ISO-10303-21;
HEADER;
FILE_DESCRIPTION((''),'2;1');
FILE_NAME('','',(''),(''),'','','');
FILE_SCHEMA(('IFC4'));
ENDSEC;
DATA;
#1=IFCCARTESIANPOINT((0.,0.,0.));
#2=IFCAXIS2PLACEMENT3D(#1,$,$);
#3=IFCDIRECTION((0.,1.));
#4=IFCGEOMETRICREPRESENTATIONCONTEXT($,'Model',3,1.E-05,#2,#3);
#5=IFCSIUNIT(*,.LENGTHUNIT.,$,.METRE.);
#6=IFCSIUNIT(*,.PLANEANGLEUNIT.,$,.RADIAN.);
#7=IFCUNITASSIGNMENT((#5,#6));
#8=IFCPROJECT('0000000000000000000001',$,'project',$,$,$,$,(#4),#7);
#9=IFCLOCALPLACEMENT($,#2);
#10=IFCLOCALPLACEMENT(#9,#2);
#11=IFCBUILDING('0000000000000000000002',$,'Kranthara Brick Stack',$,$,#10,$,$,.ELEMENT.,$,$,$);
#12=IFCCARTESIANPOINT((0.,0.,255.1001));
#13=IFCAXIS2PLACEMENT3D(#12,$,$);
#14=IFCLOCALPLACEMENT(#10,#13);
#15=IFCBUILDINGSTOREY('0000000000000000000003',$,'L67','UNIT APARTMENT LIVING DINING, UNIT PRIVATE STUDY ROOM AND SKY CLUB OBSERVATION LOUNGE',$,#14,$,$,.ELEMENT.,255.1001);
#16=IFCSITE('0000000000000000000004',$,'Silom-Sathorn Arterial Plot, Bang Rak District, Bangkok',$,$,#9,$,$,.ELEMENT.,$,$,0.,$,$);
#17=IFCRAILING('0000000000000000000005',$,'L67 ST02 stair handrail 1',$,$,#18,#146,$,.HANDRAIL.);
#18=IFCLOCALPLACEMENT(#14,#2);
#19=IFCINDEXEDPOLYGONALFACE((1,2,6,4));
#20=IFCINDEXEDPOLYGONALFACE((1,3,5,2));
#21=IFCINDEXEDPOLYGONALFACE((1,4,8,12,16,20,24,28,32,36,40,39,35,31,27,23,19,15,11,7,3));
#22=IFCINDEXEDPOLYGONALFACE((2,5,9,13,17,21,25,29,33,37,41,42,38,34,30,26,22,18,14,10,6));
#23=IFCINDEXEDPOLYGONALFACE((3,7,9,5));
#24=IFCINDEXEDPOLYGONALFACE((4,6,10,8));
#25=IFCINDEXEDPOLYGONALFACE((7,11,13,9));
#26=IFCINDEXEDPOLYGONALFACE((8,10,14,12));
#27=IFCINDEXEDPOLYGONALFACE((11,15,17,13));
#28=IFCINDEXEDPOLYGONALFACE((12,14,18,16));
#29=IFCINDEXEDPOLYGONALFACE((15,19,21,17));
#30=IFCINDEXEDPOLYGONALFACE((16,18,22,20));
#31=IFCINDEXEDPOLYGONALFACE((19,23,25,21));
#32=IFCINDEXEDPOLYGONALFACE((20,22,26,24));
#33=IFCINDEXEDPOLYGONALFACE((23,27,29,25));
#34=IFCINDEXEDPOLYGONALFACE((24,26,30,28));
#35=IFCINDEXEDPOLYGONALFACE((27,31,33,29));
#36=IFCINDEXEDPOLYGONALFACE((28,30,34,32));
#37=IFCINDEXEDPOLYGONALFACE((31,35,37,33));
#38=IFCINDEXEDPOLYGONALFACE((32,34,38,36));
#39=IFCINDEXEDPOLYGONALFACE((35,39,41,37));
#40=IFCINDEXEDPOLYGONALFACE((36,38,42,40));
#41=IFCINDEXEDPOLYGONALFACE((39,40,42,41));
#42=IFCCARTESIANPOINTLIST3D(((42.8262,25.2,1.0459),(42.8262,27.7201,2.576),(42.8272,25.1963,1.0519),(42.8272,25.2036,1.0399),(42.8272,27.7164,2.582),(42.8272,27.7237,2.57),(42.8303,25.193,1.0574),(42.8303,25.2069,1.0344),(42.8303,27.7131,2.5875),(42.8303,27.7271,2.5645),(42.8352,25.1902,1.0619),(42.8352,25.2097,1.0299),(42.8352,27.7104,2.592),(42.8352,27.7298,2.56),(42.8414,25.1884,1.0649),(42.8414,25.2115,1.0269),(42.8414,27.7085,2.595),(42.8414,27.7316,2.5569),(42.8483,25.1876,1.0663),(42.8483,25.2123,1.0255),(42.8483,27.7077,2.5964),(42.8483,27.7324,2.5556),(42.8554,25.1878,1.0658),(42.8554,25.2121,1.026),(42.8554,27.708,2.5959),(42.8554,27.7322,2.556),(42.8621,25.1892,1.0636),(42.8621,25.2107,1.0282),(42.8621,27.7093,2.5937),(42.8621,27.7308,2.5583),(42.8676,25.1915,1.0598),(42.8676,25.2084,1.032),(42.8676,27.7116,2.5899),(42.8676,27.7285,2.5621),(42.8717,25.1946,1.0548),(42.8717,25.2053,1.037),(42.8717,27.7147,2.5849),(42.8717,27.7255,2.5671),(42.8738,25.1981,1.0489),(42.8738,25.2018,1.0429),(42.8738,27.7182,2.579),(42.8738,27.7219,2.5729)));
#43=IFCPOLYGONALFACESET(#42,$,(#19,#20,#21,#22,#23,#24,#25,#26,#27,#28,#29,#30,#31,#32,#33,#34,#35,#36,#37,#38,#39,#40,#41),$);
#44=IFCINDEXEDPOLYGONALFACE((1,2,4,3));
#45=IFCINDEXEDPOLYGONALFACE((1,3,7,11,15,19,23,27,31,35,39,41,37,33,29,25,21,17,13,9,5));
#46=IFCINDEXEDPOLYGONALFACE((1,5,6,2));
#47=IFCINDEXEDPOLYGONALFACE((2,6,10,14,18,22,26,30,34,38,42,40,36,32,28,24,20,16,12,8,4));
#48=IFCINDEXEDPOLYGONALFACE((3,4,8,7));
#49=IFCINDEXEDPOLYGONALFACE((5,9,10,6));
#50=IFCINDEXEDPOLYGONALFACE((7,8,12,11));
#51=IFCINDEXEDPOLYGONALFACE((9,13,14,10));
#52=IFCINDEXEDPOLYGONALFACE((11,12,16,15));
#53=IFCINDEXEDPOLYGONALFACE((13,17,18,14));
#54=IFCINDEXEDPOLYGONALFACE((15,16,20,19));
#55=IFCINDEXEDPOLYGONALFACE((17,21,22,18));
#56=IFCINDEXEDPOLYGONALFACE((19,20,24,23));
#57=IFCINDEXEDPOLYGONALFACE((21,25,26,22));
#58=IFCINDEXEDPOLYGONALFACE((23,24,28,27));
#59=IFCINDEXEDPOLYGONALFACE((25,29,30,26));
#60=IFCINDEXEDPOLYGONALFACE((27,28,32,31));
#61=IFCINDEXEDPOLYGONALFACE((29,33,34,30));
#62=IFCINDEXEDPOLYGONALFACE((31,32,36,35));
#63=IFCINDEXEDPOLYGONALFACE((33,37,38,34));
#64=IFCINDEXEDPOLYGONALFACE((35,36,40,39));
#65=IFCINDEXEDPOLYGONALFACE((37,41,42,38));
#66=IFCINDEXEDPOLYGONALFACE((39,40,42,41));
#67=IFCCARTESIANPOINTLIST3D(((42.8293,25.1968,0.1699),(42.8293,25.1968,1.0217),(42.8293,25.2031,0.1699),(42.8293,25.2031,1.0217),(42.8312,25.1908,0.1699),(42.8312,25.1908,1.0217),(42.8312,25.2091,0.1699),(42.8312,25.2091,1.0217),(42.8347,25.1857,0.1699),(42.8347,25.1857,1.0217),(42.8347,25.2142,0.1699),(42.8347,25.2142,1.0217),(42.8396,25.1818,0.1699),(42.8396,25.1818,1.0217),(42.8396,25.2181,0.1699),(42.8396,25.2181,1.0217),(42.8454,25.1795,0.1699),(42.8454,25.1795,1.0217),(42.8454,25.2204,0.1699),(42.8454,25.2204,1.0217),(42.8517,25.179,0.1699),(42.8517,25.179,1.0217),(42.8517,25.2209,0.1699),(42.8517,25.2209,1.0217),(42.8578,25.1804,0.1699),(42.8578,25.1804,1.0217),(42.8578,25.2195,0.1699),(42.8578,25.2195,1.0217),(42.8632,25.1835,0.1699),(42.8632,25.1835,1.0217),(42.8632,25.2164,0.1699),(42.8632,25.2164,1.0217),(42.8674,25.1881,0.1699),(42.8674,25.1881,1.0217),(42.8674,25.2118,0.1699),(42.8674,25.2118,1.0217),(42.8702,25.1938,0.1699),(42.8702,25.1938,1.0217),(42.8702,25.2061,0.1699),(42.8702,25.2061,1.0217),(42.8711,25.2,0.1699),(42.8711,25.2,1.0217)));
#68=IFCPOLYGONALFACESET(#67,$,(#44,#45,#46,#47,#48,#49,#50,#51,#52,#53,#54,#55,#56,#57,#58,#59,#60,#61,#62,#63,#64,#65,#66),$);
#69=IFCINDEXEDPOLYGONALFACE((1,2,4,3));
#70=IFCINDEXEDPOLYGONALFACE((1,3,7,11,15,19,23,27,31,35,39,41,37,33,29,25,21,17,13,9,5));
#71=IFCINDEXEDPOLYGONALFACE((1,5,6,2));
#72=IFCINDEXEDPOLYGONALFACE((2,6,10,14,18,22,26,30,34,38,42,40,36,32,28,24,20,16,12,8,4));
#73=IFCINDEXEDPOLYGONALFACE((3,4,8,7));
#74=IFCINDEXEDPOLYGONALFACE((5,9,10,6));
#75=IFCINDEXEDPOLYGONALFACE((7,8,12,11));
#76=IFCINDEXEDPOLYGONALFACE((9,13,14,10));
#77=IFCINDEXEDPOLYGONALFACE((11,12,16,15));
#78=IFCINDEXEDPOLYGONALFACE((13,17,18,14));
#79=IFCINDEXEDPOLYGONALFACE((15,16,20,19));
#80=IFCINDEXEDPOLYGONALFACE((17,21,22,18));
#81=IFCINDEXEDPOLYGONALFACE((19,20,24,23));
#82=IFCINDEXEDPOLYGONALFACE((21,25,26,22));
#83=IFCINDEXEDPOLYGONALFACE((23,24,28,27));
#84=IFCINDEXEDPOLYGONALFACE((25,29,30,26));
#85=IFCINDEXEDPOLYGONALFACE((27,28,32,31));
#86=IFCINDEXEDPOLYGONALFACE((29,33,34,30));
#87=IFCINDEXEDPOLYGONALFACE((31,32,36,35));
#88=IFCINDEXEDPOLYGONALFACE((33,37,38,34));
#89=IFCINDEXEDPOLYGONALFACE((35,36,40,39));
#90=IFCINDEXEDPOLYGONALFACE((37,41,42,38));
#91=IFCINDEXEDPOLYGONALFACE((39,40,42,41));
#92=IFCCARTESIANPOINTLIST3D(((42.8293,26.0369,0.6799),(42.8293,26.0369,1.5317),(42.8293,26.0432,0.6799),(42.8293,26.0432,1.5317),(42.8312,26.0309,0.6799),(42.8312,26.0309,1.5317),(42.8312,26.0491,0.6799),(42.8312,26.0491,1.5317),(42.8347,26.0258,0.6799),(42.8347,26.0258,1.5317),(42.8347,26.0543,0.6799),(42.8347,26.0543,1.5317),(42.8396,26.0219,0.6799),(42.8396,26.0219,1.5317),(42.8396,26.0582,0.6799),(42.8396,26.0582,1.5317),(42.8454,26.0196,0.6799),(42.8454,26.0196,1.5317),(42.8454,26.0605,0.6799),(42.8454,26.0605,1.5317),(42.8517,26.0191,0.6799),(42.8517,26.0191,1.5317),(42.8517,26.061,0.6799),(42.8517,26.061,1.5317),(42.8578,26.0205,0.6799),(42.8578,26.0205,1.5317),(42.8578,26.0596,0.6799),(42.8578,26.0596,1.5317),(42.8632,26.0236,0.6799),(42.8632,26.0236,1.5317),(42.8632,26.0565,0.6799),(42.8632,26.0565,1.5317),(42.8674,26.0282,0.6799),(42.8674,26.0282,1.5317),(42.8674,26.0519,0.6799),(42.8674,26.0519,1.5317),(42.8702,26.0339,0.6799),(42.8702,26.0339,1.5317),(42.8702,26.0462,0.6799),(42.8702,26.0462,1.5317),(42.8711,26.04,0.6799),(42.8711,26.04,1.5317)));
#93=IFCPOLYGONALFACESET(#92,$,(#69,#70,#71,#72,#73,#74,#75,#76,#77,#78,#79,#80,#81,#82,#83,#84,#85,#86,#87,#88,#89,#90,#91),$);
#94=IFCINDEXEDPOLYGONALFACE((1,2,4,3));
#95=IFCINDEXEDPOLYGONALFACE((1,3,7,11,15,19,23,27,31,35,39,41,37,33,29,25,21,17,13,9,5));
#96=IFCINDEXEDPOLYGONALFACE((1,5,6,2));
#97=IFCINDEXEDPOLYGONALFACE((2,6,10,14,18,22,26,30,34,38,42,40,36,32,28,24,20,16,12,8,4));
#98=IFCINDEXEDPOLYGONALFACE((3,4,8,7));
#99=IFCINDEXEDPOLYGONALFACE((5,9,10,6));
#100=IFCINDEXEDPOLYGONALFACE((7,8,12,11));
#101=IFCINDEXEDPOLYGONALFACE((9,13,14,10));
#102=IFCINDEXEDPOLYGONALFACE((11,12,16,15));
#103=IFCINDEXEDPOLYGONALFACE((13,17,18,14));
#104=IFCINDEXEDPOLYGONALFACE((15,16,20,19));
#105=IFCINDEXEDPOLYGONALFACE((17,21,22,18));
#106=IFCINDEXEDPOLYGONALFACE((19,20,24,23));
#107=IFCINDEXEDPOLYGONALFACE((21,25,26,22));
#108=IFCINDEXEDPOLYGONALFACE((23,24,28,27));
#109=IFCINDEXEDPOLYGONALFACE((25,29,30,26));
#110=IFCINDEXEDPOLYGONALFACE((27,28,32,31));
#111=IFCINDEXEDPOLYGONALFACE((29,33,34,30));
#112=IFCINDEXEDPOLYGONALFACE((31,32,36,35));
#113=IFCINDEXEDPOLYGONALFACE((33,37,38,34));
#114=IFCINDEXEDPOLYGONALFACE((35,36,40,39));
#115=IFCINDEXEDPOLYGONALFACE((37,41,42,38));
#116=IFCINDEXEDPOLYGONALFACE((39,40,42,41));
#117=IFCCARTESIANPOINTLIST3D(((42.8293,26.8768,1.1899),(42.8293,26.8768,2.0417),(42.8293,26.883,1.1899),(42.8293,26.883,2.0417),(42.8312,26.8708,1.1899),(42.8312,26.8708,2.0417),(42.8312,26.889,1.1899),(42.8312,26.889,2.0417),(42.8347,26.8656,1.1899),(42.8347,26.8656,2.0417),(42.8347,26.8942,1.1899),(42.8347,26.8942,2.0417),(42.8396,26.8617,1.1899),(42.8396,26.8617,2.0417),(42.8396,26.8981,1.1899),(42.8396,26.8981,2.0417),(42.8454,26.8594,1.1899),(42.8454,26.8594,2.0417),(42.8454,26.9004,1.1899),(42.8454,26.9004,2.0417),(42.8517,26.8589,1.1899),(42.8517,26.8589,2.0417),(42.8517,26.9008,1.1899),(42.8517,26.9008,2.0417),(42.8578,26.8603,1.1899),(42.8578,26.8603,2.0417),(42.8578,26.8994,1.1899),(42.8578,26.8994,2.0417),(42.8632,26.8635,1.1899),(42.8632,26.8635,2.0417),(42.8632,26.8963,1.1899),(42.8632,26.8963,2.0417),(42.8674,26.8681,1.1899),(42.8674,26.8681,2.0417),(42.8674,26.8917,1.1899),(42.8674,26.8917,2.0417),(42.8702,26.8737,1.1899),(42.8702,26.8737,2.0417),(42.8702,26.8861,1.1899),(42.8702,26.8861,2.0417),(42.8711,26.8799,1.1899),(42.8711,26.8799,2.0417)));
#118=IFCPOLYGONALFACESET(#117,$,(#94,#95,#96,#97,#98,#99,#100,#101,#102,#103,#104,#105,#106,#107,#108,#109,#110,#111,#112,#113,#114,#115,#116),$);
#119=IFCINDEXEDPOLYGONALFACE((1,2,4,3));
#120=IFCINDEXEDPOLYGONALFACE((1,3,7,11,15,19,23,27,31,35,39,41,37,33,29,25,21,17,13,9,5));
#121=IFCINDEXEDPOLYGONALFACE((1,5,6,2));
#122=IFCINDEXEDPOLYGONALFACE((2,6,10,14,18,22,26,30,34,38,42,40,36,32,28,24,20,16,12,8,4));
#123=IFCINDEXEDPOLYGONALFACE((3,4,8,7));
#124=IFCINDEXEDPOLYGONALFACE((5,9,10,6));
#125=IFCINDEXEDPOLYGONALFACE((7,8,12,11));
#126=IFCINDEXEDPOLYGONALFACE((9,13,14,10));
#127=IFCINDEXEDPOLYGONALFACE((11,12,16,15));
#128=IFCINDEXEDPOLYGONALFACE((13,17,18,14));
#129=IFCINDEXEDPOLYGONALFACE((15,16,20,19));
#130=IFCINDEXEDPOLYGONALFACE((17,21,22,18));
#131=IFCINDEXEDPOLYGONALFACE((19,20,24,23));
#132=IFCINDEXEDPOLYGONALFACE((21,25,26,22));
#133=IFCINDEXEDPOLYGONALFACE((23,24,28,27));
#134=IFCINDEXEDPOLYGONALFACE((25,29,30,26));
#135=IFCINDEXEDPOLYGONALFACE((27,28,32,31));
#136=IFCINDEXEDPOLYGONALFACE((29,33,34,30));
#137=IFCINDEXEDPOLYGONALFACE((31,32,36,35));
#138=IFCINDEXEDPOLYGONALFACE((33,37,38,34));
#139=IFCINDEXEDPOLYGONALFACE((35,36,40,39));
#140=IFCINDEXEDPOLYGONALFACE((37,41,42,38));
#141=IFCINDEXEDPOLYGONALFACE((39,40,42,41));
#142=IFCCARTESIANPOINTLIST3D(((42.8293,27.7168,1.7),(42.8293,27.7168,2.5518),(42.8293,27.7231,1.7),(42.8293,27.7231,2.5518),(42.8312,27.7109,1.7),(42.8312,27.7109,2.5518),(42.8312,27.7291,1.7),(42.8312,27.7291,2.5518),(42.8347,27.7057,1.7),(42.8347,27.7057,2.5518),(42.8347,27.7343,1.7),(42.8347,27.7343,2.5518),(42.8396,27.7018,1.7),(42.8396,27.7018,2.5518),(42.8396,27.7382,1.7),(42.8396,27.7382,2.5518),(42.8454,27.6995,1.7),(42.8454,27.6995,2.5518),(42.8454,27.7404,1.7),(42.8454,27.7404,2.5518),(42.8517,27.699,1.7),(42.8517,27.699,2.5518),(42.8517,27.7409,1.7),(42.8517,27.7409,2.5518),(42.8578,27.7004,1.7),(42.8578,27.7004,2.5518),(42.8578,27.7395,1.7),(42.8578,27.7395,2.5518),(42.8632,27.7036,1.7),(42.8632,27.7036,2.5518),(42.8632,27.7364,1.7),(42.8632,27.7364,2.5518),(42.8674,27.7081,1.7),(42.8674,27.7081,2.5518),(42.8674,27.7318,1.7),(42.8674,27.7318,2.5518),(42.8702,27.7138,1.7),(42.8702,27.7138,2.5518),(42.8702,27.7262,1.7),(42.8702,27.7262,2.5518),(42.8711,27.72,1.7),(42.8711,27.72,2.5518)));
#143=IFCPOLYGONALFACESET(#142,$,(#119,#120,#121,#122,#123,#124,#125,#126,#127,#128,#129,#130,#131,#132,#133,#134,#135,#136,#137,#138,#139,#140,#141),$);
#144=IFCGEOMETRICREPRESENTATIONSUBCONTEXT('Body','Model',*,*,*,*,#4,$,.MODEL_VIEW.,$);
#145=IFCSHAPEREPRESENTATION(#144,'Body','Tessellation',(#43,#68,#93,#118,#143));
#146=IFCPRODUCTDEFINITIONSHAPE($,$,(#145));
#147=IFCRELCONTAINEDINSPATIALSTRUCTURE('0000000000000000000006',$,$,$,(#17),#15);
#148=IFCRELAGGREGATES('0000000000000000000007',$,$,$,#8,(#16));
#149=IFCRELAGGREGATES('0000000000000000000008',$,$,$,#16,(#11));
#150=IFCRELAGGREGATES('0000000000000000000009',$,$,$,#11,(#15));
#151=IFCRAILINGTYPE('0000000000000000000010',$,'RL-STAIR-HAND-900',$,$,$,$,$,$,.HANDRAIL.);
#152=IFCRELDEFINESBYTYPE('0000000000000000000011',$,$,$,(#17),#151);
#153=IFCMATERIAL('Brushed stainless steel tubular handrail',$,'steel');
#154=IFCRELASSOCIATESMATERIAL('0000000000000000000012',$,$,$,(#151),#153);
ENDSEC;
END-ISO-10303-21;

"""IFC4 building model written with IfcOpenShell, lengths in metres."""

from ifc_helpers import new_model, si_unit, direction, frame, origin, origin_2d, place, context, subcontext, project, spatial, circle, extrude, material, type_object, element, save


model = new_model("IFC4")

# Units and contexts
model_context = context("Model", 3, precision=1e-05, world=origin(), true_north=direction((0.0, 1.0)))
body_context = subcontext(model_context, "Body", "Model", "MODEL_VIEW")
ifc_project = project(units=[si_unit("LENGTHUNIT", "METRE"), si_unit("PLANEANGLEUNIT", "RADIAN")], contexts=[model_context])

# Site, building, storey
site_placement = place(None, origin())
site = spatial("IfcSite", under=ifc_project, at=site_placement, Name="Silom-Sathorn Arterial Plot, Bang Rak District, Bangkok", CompositionType="ELEMENT", RefElevation=0.0)
building_placement = place(site_placement, origin())
building = spatial("IfcBuilding", under=site, at=building_placement, Name="Kranthara Brick Stack", CompositionType="ELEMENT")
storey_placement = place(building_placement, frame((0.0, 0.0, 255.1001)))
storey = spatial("IfcBuildingStorey", under=building, at=storey_placement, Name="L67", Description="UNIT APARTMENT LIVING DINING, UNIT PRIVATE STUDY ROOM AND SKY CLUB OBSERVATION LOUNGE", CompositionType="ELEMENT", Elevation=255.1001)

# Railing
ifc_material_1 = material(Name="Brushed stainless steel tubular handrail", Category="steel")
railing_type_1 = type_object("IfcRailingType", Name="RL-STAIR-HAND-900", PredefinedType="HANDRAIL", material=ifc_material_1)
railing_1_placement = place(storey_placement, frame((42.8501, 25.2, 0.1699)))
element("IfcRailing", 1, at=railing_1_placement, inside=storey, type_object=railing_type_1, Name="L67 ST02 stair handrail 1", PredefinedType="HANDRAIL", context=body_context, shape_type="SweptSolid", body=[
    extrude(circle(Radius=0.0239, at=origin_2d()), frame((0.0, 0.0, 0.876), z_axis=(0.0, 0.854785, 0.518982), x_axis=(-1.0, 0.0, 0.0)), (0.0, 0.0, 1.0), 2.9482),
    extrude(circle(Radius=0.021, at=origin_2d()), origin(), (0.0, 0.0, 1.0), 0.8518),
    extrude(circle(Radius=0.021, at=origin_2d()), frame((0.0, 0.8401, 0.51)), (0.0, 0.0, 1.0), 0.8518),
    extrude(circle(Radius=0.021, at=origin_2d()), frame((0.0, 1.6799, 1.02)), (0.0, 0.0, 1.0), 0.8518),
    extrude(circle(Radius=0.021, at=origin_2d()), frame((0.0, 2.52, 1.53)), (0.0, 0.0, 1.0), 0.8518),
])

save(model, "model.ifc")
